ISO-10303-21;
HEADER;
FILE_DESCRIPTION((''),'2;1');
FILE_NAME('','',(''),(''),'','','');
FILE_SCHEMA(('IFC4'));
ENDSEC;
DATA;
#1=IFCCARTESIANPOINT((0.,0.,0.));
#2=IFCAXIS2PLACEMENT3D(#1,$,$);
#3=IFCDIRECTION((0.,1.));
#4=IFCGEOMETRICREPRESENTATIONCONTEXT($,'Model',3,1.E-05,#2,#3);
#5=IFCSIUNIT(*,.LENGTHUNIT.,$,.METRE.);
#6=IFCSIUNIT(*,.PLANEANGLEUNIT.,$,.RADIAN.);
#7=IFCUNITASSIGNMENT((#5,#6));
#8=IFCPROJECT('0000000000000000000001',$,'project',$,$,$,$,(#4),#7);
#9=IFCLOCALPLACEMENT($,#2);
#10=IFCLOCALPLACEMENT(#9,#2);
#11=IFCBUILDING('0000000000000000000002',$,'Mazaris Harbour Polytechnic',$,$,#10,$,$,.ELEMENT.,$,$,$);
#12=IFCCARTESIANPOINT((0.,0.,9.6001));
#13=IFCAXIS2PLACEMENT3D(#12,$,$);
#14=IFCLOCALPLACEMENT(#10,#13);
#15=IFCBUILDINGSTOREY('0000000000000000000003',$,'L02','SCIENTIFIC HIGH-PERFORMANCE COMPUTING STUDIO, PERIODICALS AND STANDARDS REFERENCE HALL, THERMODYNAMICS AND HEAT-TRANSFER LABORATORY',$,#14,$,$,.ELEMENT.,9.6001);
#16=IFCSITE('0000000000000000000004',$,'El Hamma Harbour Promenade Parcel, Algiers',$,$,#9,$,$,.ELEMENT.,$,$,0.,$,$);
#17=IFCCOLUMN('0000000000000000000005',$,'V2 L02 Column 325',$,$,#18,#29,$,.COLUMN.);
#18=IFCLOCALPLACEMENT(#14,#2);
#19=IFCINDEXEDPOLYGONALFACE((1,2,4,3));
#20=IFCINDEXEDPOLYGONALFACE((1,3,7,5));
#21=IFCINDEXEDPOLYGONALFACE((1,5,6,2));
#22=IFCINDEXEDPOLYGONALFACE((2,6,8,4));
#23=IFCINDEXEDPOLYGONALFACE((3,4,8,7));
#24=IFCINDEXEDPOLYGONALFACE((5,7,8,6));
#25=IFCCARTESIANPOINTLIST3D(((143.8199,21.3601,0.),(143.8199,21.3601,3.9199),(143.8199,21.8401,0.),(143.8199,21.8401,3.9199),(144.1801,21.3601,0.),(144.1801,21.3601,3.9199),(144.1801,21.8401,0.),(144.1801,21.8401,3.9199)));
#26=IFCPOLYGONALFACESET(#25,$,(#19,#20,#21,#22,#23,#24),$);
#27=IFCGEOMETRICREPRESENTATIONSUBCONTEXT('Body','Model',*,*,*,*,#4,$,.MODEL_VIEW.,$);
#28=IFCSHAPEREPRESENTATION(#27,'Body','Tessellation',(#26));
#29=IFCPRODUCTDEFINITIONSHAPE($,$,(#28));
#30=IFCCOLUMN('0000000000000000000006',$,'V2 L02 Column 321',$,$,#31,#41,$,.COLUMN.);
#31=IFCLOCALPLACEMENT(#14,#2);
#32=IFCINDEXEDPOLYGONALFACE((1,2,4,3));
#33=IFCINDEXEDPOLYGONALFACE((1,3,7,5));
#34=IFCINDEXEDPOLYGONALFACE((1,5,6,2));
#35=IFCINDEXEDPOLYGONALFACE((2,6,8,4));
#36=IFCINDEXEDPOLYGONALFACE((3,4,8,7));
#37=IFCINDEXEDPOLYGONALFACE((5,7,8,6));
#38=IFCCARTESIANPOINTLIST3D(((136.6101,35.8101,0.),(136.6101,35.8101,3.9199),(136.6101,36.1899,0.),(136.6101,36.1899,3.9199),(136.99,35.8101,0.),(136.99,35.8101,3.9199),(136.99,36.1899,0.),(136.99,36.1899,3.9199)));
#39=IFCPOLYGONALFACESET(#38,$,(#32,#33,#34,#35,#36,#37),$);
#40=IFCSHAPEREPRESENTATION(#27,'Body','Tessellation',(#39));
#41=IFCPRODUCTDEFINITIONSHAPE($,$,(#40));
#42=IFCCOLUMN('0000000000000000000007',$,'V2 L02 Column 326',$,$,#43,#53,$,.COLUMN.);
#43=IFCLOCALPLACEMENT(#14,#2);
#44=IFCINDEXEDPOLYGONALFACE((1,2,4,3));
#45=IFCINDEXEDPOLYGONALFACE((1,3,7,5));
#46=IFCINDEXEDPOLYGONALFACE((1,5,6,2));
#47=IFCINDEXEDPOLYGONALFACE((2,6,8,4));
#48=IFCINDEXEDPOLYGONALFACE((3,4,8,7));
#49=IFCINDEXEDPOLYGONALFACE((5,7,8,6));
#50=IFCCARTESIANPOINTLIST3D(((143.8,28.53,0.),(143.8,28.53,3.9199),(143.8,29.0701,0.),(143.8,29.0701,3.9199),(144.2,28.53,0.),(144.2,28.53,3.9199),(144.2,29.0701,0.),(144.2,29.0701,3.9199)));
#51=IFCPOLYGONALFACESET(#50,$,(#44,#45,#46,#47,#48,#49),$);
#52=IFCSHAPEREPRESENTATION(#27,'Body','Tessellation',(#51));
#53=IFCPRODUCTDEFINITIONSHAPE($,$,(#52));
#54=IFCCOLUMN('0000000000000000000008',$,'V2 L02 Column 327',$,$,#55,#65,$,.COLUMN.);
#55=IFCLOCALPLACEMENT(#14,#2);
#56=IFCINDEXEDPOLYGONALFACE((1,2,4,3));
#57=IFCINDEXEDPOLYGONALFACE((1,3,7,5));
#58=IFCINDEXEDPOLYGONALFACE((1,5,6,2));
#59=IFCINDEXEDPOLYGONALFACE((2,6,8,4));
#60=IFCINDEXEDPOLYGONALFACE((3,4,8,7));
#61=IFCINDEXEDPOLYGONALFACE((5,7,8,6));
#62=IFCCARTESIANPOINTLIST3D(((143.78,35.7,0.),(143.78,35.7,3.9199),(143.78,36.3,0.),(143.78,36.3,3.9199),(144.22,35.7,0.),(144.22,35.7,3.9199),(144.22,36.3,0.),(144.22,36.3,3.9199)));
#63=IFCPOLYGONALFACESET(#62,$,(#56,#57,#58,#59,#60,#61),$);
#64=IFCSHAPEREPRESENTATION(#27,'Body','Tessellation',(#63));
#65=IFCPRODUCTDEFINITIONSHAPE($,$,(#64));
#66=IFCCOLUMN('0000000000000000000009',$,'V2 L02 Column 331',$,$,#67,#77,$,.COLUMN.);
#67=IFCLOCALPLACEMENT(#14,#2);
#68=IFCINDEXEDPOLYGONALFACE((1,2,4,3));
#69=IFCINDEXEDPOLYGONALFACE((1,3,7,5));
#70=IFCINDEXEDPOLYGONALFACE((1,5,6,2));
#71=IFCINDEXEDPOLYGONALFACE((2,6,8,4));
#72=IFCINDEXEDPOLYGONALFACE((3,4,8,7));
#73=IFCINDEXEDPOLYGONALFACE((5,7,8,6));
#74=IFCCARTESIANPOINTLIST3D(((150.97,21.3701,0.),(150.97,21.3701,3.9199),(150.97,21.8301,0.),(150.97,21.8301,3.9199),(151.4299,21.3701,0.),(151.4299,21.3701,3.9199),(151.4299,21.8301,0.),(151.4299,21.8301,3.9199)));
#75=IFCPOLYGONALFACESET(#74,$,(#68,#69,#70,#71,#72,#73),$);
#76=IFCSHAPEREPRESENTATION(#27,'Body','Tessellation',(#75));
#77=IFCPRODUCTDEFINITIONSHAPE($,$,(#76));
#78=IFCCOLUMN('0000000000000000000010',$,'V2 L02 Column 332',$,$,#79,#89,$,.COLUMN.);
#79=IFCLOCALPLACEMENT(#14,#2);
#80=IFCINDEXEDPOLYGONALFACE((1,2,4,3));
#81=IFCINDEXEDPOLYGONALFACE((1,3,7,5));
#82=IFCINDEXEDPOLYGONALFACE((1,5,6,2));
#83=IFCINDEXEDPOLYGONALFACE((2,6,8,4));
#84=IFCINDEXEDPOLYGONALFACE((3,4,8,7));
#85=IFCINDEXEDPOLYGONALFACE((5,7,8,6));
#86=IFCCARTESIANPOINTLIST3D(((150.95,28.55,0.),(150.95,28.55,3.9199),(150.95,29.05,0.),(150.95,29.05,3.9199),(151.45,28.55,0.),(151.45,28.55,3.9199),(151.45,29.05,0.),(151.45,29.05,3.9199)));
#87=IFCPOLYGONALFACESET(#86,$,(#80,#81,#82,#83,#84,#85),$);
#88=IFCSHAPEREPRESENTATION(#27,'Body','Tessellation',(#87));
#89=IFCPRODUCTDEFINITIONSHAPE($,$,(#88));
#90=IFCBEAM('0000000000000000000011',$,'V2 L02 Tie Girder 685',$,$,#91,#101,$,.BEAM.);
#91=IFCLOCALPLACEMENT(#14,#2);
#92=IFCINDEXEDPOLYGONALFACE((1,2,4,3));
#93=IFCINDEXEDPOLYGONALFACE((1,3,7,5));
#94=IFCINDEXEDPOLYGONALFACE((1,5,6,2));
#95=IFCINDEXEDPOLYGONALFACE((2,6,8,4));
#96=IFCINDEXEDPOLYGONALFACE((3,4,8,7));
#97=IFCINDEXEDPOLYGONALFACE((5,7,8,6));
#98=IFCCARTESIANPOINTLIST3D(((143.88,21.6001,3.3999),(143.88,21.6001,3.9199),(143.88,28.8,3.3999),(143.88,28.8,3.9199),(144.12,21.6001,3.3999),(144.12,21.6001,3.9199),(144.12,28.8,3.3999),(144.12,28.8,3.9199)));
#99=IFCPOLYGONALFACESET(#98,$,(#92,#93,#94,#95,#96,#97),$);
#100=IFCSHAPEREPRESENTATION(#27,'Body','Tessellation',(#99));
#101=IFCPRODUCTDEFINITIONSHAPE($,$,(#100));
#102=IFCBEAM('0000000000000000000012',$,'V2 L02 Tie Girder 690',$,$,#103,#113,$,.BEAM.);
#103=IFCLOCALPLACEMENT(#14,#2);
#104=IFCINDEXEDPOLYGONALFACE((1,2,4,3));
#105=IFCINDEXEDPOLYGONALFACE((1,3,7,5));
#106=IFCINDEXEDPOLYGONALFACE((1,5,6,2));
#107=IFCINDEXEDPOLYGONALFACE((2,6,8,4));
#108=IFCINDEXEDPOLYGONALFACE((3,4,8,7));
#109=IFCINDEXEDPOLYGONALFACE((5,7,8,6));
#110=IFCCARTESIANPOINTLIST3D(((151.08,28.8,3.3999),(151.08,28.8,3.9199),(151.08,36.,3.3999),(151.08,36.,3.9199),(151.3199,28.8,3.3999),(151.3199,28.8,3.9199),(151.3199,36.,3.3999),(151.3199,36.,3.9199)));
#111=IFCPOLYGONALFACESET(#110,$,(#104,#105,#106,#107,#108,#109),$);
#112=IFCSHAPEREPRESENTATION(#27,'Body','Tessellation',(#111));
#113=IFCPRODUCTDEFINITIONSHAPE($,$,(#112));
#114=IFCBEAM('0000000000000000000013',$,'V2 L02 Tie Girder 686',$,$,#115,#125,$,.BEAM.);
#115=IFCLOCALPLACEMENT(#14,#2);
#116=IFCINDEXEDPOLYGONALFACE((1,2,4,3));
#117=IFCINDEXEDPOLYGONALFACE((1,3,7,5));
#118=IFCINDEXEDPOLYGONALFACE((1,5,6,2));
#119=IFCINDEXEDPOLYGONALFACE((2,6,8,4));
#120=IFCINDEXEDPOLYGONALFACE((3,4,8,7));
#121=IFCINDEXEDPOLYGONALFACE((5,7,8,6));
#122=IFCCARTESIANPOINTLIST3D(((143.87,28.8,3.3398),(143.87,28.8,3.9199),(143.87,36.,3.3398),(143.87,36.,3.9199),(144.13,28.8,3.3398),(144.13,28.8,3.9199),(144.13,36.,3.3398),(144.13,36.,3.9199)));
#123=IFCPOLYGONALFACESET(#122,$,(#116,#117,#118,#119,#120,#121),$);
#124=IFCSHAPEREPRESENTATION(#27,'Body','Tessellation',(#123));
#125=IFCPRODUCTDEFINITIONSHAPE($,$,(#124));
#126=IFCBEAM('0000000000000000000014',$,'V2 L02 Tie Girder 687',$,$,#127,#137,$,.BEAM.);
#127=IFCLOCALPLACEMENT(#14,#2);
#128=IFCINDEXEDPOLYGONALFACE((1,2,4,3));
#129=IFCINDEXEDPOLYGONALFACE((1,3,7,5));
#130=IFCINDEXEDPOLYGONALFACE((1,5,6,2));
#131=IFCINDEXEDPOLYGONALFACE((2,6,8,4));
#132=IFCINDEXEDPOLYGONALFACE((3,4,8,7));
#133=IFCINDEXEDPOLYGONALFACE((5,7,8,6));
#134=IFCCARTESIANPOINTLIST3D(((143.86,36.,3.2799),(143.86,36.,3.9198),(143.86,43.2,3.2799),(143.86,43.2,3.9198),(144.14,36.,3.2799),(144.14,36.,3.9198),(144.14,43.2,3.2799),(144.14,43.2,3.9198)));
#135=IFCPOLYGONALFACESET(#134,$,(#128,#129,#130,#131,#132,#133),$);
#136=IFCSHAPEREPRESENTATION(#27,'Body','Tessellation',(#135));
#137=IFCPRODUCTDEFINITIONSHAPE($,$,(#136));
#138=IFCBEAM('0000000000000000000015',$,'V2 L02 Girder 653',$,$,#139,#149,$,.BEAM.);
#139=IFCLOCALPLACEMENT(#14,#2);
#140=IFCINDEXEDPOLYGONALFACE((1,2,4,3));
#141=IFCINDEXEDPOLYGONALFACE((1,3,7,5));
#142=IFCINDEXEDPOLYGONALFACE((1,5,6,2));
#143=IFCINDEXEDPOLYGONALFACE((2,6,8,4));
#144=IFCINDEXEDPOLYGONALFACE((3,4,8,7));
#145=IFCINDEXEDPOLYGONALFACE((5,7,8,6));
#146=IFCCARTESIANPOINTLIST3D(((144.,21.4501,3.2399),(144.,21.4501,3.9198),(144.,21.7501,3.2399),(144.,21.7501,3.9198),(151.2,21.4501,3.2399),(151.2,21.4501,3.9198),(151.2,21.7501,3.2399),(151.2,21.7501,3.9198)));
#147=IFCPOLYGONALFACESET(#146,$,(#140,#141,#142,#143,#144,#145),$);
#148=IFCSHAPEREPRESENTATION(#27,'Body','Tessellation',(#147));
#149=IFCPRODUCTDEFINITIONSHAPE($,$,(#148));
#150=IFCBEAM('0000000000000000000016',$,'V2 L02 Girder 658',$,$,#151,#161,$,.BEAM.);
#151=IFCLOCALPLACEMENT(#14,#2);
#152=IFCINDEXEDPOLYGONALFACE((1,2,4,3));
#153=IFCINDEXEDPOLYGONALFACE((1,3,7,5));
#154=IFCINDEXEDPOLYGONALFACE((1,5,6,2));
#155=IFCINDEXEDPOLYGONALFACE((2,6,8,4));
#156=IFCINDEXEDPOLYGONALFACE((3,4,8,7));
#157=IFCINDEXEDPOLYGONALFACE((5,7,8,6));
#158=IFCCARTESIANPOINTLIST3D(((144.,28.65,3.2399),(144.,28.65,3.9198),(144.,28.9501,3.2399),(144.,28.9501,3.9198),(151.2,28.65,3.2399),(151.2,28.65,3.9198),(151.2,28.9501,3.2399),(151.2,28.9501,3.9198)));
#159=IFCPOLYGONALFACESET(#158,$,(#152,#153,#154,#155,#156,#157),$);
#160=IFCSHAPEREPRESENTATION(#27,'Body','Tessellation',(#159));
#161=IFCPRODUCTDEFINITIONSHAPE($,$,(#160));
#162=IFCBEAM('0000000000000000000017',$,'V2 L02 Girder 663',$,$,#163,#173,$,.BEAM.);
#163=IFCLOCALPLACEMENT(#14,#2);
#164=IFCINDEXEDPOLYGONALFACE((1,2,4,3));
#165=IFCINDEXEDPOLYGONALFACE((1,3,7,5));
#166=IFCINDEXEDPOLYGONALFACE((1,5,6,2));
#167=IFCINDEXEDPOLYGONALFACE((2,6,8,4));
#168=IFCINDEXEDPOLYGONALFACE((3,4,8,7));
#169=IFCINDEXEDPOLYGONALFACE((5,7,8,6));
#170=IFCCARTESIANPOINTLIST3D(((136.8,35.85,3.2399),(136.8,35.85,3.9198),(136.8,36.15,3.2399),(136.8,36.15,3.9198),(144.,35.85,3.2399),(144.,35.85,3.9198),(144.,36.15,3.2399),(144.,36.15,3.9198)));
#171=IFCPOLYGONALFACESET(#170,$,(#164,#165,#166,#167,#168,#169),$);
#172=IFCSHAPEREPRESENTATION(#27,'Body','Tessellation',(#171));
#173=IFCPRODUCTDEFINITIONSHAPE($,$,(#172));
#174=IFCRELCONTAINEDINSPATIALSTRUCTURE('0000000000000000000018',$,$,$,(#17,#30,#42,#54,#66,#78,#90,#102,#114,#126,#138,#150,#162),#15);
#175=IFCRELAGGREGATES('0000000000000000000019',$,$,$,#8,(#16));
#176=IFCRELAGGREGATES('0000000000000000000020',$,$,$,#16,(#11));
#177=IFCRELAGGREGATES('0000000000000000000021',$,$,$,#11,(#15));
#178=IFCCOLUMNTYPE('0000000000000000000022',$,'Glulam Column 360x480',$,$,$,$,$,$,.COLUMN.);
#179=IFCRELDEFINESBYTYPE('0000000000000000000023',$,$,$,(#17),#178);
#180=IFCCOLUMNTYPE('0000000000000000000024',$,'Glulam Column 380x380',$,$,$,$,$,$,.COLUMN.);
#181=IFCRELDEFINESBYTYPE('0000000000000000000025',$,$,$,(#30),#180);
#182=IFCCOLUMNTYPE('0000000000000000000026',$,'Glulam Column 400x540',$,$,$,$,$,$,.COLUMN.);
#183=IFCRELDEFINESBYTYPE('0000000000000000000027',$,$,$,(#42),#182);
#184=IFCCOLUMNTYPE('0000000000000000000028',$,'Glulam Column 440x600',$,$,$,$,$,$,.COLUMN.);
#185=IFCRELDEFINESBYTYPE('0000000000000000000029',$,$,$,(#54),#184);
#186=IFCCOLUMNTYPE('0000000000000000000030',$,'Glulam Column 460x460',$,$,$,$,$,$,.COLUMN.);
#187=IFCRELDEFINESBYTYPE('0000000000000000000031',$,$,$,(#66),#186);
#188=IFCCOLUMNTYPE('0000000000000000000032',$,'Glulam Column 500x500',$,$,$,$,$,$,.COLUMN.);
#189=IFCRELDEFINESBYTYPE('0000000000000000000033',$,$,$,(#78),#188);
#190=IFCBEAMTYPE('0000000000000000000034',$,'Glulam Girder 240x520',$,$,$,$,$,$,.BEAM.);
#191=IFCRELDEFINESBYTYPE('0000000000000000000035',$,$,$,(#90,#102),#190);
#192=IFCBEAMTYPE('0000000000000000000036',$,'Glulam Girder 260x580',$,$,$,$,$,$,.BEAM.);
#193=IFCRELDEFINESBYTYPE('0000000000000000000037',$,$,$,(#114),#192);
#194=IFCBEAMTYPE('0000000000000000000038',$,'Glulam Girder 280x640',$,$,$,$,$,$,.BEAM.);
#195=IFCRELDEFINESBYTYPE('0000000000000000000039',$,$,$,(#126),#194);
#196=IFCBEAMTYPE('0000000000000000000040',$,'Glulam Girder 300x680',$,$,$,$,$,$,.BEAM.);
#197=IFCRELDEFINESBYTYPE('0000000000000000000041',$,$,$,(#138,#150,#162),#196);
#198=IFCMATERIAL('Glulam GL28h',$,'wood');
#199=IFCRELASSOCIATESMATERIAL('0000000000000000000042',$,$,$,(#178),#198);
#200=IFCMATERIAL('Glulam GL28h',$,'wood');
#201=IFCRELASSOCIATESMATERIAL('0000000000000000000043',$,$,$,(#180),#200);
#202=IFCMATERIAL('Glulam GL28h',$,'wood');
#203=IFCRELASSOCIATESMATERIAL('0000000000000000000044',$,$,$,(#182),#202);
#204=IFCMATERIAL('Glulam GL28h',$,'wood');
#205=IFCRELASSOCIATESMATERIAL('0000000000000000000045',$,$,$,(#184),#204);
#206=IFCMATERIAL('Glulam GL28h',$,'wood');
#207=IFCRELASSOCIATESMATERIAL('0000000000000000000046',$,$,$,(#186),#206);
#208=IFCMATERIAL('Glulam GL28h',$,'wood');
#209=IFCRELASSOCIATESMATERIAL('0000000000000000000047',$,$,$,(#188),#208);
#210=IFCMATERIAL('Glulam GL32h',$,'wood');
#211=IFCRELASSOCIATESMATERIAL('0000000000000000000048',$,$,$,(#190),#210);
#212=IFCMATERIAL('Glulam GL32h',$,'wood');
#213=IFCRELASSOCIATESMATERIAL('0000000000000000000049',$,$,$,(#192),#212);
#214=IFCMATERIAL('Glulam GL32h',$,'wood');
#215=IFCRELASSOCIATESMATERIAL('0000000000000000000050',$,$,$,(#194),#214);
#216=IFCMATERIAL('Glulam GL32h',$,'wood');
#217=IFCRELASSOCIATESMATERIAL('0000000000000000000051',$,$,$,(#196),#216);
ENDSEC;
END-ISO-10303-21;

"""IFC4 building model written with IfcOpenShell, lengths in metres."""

from ifc_helpers import new_model, si_unit, direction, frame, origin, origin_2d, place, context, subcontext, project, spatial, rectangle, extrude, material, material_profile, profile_set, type_object, element, save


model = new_model("IFC4")

# Units and contexts
model_context = context("Model", 3, precision=1e-05, world=origin(), true_north=direction((0.0, 1.0)))
body_context = subcontext(model_context, "Body", "Model", "MODEL_VIEW")
ifc_project = project(units=[si_unit("LENGTHUNIT", "METRE"), si_unit("PLANEANGLEUNIT", "RADIAN")], contexts=[model_context])

# Site, building, storey
site_placement = place(None, origin())
site = spatial("IfcSite", under=ifc_project, at=site_placement, Name="El Hamma Harbour Promenade Parcel, Algiers", CompositionType="ELEMENT", RefElevation=0.0)
building_placement = place(site_placement, origin())
building = spatial("IfcBuilding", under=site, at=building_placement, Name="Mazaris Harbour Polytechnic", CompositionType="ELEMENT")
storey_placement = place(building_placement, frame((0.0, 0.0, 9.6001)))
storey = spatial("IfcBuildingStorey", under=building, at=storey_placement, Name="L02", Description="SCIENTIFIC HIGH-PERFORMANCE COMPUTING STUDIO, PERIODICALS AND STANDARDS REFERENCE HALL, THERMODYNAMICS AND HEAT-TRANSFER LABORATORY", CompositionType="ELEMENT", Elevation=9.6001)

# Columns
ifc_material_1 = material(Name="Glulam GL28h", Category="wood")
ifc_material_profile_1 = material_profile(ifc_material_1, rectangle(XDim=0.3601, YDim=0.48, at=origin_2d()), Name="RECT360x480")
ifc_profile_set_1 = profile_set([ifc_material_profile_1], Name="Glulam GL28h")
column_type_1 = type_object("IfcColumnType", Name="Glulam Column 360x480", PredefinedType="COLUMN", material=ifc_profile_set_1)
column_1_placement = place(storey_placement, frame((144.0, 21.6001, 0.0), z_axis=(0.0, 0.0, 1.0), x_axis=(1.0, 0.0, 0.0)))
element("IfcColumn", 1, at=column_1_placement, inside=storey, type_object=column_type_1, Name="V2 L02 Column 325", PredefinedType="COLUMN", context=body_context, shape_type="SweptSolid", body=[
    extrude(rectangle(XDim=0.3601, YDim=0.48, at=origin_2d()), origin(), (0.0, 0.0, 1.0), 3.9199),
])
ifc_material_2 = material(Name="Glulam GL28h", Category="wood")
ifc_material_profile_2 = material_profile(ifc_material_2, rectangle(XDim=0.3799, YDim=0.3799, at=origin_2d()), Name="RECT380x380")
ifc_profile_set_2 = profile_set([ifc_material_profile_2], Name="Glulam GL28h")
column_type_2 = type_object("IfcColumnType", Name="Glulam Column 380x380", PredefinedType="COLUMN", material=ifc_profile_set_2)
column_2_placement = place(storey_placement, frame((136.8, 36.0, 0.0), z_axis=(0.0, 0.0, 1.0), x_axis=(1.0, 0.0, 0.0)))
element("IfcColumn", 2, at=column_2_placement, inside=storey, type_object=column_type_2, Name="V2 L02 Column 321", PredefinedType="COLUMN", context=body_context, shape_type="SweptSolid", body=[
    extrude(rectangle(XDim=0.3799, YDim=0.3799, at=origin_2d()), origin(), (0.0, 0.0, 1.0), 3.9199),
])
ifc_material_3 = material(Name="Glulam GL28h", Category="wood")
ifc_material_profile_3 = material_profile(ifc_material_3, rectangle(XDim=0.3999, YDim=0.54, at=origin_2d()), Name="RECT400x540")
ifc_profile_set_3 = profile_set([ifc_material_profile_3], Name="Glulam GL28h")
column_type_3 = type_object("IfcColumnType", Name="Glulam Column 400x540", PredefinedType="COLUMN", material=ifc_profile_set_3)
column_3_placement = place(storey_placement, frame((144.0, 28.8, 0.0), z_axis=(0.0, 0.0, 1.0), x_axis=(1.0, 0.0, 0.0)))
element("IfcColumn", 3, at=column_3_placement, inside=storey, type_object=column_type_3, Name="V2 L02 Column 326", PredefinedType="COLUMN", context=body_context, shape_type="SweptSolid", body=[
    extrude(rectangle(XDim=0.3999, YDim=0.54, at=origin_2d()), origin(), (0.0, 0.0, 1.0), 3.9199),
])
ifc_material_4 = material(Name="Glulam GL28h", Category="wood")
ifc_material_profile_4 = material_profile(ifc_material_4, rectangle(XDim=0.4399, YDim=0.6001, at=origin_2d()), Name="RECT440x600")
ifc_profile_set_4 = profile_set([ifc_material_profile_4], Name="Glulam GL28h")
column_type_4 = type_object("IfcColumnType", Name="Glulam Column 440x600", PredefinedType="COLUMN", material=ifc_profile_set_4)
column_4_placement = place(storey_placement, frame((144.0, 36.0, 0.0), z_axis=(0.0, 0.0, 1.0), x_axis=(1.0, 0.0, 0.0)))
element("IfcColumn", 4, at=column_4_placement, inside=storey, type_object=column_type_4, Name="V2 L02 Column 327", PredefinedType="COLUMN", context=body_context, shape_type="SweptSolid", body=[
    extrude(rectangle(XDim=0.4399, YDim=0.6001, at=origin_2d()), origin(), (0.0, 0.0, 1.0), 3.9199),
])
ifc_material_5 = material(Name="Glulam GL28h", Category="wood")
ifc_material_profile_5 = material_profile(ifc_material_5, rectangle(XDim=0.46, YDim=0.46, at=origin_2d()), Name="RECT460x460")
ifc_profile_set_5 = profile_set([ifc_material_profile_5], Name="Glulam GL28h")
column_type_5 = type_object("IfcColumnType", Name="Glulam Column 460x460", PredefinedType="COLUMN", material=ifc_profile_set_5)
column_5_placement = place(storey_placement, frame((151.2, 21.6001, 0.0), z_axis=(0.0, 0.0, 1.0), x_axis=(1.0, 0.0, 0.0)))
element("IfcColumn", 5, at=column_5_placement, inside=storey, type_object=column_type_5, Name="V2 L02 Column 331", PredefinedType="COLUMN", context=body_context, shape_type="SweptSolid", body=[
    extrude(rectangle(XDim=0.46, YDim=0.46, at=origin_2d()), origin(), (0.0, 0.0, 1.0), 3.9199),
])
ifc_material_6 = material(Name="Glulam GL28h", Category="wood")
ifc_material_profile_6 = material_profile(ifc_material_6, rectangle(XDim=0.5, YDim=0.5, at=origin_2d()), Name="RECT500x500")
ifc_profile_set_6 = profile_set([ifc_material_profile_6], Name="Glulam GL28h")
column_type_6 = type_object("IfcColumnType", Name="Glulam Column 500x500", PredefinedType="COLUMN", material=ifc_profile_set_6)
column_6_placement = place(storey_placement, frame((151.2, 28.8, 0.0), z_axis=(0.0, 0.0, 1.0), x_axis=(1.0, 0.0, 0.0)))
element("IfcColumn", 6, at=column_6_placement, inside=storey, type_object=column_type_6, Name="V2 L02 Column 332", PredefinedType="COLUMN", context=body_context, shape_type="SweptSolid", body=[
    extrude(rectangle(XDim=0.5, YDim=0.5, at=origin_2d()), origin(), (0.0, 0.0, 1.0), 3.9199),
])

# Beams
ifc_material_7 = material(Name="Glulam GL32h", Category="wood")
ifc_material_profile_7 = material_profile(ifc_material_7, rectangle(XDim=0.24, YDim=0.52, at=origin_2d()), Name="RECT240x520")
ifc_profile_set_7 = profile_set([ifc_material_profile_7], Name="Glulam GL32h")
beam_type_1 = type_object("IfcBeamType", Name="Glulam Girder 240x520", PredefinedType="BEAM", material=ifc_profile_set_7)
for number, where, z_axis, x_axis, name in (
    (7, (144.0, 21.6001, 3.6599), (0.0, 1.0, 0.0), (-1.0, 0.0, 0.0), "V2 L02 Tie Girder 685"),
    (8, (151.2, 28.8, 3.6599), (0.0, 1.0, 0.0), (-1.0, 0.0, 0.0), "V2 L02 Tie Girder 690"),
):
    element("IfcBeam", number, at=place(storey_placement, frame(where, z_axis=z_axis, x_axis=x_axis)), inside=storey, type_object=beam_type_1, Name=name, PredefinedType="BEAM", context=body_context, shape_type="SweptSolid", body=[
        extrude(rectangle(XDim=0.24, YDim=0.52, at=origin_2d()), origin(), (0.0, 0.0, 1.0), 7.2),
    ])
ifc_material_8 = material(Name="Glulam GL32h", Category="wood")
ifc_material_profile_8 = material_profile(ifc_material_8, rectangle(XDim=0.26, YDim=0.5801, at=origin_2d()), Name="RECT260x580")
ifc_profile_set_8 = profile_set([ifc_material_profile_8], Name="Glulam GL32h")
beam_type_2 = type_object("IfcBeamType", Name="Glulam Girder 260x580", PredefinedType="BEAM", material=ifc_profile_set_8)
beam_1_placement = place(storey_placement, frame((144.0, 28.8, 3.6299), z_axis=(0.0, 1.0, 0.0), x_axis=(-1.0, 0.0, 0.0)))
element("IfcBeam", 9, at=beam_1_placement, inside=storey, type_object=beam_type_2, Name="V2 L02 Tie Girder 686", PredefinedType="BEAM", context=body_context, shape_type="SweptSolid", body=[
    extrude(rectangle(XDim=0.26, YDim=0.5801, at=origin_2d()), origin(), (0.0, 0.0, 1.0), 7.2),
])
ifc_material_9 = material(Name="Glulam GL32h", Category="wood")
ifc_material_profile_9 = material_profile(ifc_material_9, rectangle(XDim=0.28, YDim=0.6399, at=origin_2d()), Name="RECT280x640")
ifc_profile_set_9 = profile_set([ifc_material_profile_9], Name="Glulam GL32h")
beam_type_3 = type_object("IfcBeamType", Name="Glulam Girder 280x640", PredefinedType="BEAM", material=ifc_profile_set_9)
beam_2_placement = place(storey_placement, frame((144.0, 36.0, 3.5999), z_axis=(0.0, 1.0, 0.0), x_axis=(-1.0, 0.0, 0.0)))
element("IfcBeam", 10, at=beam_2_placement, inside=storey, type_object=beam_type_3, Name="V2 L02 Tie Girder 687", PredefinedType="BEAM", context=body_context, shape_type="SweptSolid", body=[
    extrude(rectangle(XDim=0.28, YDim=0.6399, at=origin_2d()), origin(), (0.0, 0.0, 1.0), 7.2),
])
ifc_material_10 = material(Name="Glulam GL32h", Category="wood")
ifc_material_profile_10 = material_profile(ifc_material_10, rectangle(XDim=0.3, YDim=0.6799, at=origin_2d()), Name="RECT300x680")
ifc_profile_set_10 = profile_set([ifc_material_profile_10], Name="Glulam GL32h")
beam_type_4 = type_object("IfcBeamType", Name="Glulam Girder 300x680", PredefinedType="BEAM", material=ifc_profile_set_10)
for number, where, z_axis, x_axis, name in (
    (11, (144.0, 21.6001, 3.5798), (1.0, 0.0, 0.0), (0.0, 1.0, 0.0), "V2 L02 Girder 653"),
    (12, (144.0, 28.8, 3.5798), (1.0, 0.0, 0.0), (0.0, 1.0, 0.0), "V2 L02 Girder 658"),
    (13, (136.8, 36.0, 3.5798), (1.0, 0.0, 0.0), (0.0, 1.0, 0.0), "V2 L02 Girder 663"),
):
    element("IfcBeam", number, at=place(storey_placement, frame(where, z_axis=z_axis, x_axis=x_axis)), inside=storey, type_object=beam_type_4, Name=name, PredefinedType="BEAM", context=body_context, shape_type="SweptSolid", body=[
        extrude(rectangle(XDim=0.3, YDim=0.6799, at=origin_2d()), origin(), (0.0, 0.0, 1.0), 7.2),
    ])

save(model, "model.ifc")
